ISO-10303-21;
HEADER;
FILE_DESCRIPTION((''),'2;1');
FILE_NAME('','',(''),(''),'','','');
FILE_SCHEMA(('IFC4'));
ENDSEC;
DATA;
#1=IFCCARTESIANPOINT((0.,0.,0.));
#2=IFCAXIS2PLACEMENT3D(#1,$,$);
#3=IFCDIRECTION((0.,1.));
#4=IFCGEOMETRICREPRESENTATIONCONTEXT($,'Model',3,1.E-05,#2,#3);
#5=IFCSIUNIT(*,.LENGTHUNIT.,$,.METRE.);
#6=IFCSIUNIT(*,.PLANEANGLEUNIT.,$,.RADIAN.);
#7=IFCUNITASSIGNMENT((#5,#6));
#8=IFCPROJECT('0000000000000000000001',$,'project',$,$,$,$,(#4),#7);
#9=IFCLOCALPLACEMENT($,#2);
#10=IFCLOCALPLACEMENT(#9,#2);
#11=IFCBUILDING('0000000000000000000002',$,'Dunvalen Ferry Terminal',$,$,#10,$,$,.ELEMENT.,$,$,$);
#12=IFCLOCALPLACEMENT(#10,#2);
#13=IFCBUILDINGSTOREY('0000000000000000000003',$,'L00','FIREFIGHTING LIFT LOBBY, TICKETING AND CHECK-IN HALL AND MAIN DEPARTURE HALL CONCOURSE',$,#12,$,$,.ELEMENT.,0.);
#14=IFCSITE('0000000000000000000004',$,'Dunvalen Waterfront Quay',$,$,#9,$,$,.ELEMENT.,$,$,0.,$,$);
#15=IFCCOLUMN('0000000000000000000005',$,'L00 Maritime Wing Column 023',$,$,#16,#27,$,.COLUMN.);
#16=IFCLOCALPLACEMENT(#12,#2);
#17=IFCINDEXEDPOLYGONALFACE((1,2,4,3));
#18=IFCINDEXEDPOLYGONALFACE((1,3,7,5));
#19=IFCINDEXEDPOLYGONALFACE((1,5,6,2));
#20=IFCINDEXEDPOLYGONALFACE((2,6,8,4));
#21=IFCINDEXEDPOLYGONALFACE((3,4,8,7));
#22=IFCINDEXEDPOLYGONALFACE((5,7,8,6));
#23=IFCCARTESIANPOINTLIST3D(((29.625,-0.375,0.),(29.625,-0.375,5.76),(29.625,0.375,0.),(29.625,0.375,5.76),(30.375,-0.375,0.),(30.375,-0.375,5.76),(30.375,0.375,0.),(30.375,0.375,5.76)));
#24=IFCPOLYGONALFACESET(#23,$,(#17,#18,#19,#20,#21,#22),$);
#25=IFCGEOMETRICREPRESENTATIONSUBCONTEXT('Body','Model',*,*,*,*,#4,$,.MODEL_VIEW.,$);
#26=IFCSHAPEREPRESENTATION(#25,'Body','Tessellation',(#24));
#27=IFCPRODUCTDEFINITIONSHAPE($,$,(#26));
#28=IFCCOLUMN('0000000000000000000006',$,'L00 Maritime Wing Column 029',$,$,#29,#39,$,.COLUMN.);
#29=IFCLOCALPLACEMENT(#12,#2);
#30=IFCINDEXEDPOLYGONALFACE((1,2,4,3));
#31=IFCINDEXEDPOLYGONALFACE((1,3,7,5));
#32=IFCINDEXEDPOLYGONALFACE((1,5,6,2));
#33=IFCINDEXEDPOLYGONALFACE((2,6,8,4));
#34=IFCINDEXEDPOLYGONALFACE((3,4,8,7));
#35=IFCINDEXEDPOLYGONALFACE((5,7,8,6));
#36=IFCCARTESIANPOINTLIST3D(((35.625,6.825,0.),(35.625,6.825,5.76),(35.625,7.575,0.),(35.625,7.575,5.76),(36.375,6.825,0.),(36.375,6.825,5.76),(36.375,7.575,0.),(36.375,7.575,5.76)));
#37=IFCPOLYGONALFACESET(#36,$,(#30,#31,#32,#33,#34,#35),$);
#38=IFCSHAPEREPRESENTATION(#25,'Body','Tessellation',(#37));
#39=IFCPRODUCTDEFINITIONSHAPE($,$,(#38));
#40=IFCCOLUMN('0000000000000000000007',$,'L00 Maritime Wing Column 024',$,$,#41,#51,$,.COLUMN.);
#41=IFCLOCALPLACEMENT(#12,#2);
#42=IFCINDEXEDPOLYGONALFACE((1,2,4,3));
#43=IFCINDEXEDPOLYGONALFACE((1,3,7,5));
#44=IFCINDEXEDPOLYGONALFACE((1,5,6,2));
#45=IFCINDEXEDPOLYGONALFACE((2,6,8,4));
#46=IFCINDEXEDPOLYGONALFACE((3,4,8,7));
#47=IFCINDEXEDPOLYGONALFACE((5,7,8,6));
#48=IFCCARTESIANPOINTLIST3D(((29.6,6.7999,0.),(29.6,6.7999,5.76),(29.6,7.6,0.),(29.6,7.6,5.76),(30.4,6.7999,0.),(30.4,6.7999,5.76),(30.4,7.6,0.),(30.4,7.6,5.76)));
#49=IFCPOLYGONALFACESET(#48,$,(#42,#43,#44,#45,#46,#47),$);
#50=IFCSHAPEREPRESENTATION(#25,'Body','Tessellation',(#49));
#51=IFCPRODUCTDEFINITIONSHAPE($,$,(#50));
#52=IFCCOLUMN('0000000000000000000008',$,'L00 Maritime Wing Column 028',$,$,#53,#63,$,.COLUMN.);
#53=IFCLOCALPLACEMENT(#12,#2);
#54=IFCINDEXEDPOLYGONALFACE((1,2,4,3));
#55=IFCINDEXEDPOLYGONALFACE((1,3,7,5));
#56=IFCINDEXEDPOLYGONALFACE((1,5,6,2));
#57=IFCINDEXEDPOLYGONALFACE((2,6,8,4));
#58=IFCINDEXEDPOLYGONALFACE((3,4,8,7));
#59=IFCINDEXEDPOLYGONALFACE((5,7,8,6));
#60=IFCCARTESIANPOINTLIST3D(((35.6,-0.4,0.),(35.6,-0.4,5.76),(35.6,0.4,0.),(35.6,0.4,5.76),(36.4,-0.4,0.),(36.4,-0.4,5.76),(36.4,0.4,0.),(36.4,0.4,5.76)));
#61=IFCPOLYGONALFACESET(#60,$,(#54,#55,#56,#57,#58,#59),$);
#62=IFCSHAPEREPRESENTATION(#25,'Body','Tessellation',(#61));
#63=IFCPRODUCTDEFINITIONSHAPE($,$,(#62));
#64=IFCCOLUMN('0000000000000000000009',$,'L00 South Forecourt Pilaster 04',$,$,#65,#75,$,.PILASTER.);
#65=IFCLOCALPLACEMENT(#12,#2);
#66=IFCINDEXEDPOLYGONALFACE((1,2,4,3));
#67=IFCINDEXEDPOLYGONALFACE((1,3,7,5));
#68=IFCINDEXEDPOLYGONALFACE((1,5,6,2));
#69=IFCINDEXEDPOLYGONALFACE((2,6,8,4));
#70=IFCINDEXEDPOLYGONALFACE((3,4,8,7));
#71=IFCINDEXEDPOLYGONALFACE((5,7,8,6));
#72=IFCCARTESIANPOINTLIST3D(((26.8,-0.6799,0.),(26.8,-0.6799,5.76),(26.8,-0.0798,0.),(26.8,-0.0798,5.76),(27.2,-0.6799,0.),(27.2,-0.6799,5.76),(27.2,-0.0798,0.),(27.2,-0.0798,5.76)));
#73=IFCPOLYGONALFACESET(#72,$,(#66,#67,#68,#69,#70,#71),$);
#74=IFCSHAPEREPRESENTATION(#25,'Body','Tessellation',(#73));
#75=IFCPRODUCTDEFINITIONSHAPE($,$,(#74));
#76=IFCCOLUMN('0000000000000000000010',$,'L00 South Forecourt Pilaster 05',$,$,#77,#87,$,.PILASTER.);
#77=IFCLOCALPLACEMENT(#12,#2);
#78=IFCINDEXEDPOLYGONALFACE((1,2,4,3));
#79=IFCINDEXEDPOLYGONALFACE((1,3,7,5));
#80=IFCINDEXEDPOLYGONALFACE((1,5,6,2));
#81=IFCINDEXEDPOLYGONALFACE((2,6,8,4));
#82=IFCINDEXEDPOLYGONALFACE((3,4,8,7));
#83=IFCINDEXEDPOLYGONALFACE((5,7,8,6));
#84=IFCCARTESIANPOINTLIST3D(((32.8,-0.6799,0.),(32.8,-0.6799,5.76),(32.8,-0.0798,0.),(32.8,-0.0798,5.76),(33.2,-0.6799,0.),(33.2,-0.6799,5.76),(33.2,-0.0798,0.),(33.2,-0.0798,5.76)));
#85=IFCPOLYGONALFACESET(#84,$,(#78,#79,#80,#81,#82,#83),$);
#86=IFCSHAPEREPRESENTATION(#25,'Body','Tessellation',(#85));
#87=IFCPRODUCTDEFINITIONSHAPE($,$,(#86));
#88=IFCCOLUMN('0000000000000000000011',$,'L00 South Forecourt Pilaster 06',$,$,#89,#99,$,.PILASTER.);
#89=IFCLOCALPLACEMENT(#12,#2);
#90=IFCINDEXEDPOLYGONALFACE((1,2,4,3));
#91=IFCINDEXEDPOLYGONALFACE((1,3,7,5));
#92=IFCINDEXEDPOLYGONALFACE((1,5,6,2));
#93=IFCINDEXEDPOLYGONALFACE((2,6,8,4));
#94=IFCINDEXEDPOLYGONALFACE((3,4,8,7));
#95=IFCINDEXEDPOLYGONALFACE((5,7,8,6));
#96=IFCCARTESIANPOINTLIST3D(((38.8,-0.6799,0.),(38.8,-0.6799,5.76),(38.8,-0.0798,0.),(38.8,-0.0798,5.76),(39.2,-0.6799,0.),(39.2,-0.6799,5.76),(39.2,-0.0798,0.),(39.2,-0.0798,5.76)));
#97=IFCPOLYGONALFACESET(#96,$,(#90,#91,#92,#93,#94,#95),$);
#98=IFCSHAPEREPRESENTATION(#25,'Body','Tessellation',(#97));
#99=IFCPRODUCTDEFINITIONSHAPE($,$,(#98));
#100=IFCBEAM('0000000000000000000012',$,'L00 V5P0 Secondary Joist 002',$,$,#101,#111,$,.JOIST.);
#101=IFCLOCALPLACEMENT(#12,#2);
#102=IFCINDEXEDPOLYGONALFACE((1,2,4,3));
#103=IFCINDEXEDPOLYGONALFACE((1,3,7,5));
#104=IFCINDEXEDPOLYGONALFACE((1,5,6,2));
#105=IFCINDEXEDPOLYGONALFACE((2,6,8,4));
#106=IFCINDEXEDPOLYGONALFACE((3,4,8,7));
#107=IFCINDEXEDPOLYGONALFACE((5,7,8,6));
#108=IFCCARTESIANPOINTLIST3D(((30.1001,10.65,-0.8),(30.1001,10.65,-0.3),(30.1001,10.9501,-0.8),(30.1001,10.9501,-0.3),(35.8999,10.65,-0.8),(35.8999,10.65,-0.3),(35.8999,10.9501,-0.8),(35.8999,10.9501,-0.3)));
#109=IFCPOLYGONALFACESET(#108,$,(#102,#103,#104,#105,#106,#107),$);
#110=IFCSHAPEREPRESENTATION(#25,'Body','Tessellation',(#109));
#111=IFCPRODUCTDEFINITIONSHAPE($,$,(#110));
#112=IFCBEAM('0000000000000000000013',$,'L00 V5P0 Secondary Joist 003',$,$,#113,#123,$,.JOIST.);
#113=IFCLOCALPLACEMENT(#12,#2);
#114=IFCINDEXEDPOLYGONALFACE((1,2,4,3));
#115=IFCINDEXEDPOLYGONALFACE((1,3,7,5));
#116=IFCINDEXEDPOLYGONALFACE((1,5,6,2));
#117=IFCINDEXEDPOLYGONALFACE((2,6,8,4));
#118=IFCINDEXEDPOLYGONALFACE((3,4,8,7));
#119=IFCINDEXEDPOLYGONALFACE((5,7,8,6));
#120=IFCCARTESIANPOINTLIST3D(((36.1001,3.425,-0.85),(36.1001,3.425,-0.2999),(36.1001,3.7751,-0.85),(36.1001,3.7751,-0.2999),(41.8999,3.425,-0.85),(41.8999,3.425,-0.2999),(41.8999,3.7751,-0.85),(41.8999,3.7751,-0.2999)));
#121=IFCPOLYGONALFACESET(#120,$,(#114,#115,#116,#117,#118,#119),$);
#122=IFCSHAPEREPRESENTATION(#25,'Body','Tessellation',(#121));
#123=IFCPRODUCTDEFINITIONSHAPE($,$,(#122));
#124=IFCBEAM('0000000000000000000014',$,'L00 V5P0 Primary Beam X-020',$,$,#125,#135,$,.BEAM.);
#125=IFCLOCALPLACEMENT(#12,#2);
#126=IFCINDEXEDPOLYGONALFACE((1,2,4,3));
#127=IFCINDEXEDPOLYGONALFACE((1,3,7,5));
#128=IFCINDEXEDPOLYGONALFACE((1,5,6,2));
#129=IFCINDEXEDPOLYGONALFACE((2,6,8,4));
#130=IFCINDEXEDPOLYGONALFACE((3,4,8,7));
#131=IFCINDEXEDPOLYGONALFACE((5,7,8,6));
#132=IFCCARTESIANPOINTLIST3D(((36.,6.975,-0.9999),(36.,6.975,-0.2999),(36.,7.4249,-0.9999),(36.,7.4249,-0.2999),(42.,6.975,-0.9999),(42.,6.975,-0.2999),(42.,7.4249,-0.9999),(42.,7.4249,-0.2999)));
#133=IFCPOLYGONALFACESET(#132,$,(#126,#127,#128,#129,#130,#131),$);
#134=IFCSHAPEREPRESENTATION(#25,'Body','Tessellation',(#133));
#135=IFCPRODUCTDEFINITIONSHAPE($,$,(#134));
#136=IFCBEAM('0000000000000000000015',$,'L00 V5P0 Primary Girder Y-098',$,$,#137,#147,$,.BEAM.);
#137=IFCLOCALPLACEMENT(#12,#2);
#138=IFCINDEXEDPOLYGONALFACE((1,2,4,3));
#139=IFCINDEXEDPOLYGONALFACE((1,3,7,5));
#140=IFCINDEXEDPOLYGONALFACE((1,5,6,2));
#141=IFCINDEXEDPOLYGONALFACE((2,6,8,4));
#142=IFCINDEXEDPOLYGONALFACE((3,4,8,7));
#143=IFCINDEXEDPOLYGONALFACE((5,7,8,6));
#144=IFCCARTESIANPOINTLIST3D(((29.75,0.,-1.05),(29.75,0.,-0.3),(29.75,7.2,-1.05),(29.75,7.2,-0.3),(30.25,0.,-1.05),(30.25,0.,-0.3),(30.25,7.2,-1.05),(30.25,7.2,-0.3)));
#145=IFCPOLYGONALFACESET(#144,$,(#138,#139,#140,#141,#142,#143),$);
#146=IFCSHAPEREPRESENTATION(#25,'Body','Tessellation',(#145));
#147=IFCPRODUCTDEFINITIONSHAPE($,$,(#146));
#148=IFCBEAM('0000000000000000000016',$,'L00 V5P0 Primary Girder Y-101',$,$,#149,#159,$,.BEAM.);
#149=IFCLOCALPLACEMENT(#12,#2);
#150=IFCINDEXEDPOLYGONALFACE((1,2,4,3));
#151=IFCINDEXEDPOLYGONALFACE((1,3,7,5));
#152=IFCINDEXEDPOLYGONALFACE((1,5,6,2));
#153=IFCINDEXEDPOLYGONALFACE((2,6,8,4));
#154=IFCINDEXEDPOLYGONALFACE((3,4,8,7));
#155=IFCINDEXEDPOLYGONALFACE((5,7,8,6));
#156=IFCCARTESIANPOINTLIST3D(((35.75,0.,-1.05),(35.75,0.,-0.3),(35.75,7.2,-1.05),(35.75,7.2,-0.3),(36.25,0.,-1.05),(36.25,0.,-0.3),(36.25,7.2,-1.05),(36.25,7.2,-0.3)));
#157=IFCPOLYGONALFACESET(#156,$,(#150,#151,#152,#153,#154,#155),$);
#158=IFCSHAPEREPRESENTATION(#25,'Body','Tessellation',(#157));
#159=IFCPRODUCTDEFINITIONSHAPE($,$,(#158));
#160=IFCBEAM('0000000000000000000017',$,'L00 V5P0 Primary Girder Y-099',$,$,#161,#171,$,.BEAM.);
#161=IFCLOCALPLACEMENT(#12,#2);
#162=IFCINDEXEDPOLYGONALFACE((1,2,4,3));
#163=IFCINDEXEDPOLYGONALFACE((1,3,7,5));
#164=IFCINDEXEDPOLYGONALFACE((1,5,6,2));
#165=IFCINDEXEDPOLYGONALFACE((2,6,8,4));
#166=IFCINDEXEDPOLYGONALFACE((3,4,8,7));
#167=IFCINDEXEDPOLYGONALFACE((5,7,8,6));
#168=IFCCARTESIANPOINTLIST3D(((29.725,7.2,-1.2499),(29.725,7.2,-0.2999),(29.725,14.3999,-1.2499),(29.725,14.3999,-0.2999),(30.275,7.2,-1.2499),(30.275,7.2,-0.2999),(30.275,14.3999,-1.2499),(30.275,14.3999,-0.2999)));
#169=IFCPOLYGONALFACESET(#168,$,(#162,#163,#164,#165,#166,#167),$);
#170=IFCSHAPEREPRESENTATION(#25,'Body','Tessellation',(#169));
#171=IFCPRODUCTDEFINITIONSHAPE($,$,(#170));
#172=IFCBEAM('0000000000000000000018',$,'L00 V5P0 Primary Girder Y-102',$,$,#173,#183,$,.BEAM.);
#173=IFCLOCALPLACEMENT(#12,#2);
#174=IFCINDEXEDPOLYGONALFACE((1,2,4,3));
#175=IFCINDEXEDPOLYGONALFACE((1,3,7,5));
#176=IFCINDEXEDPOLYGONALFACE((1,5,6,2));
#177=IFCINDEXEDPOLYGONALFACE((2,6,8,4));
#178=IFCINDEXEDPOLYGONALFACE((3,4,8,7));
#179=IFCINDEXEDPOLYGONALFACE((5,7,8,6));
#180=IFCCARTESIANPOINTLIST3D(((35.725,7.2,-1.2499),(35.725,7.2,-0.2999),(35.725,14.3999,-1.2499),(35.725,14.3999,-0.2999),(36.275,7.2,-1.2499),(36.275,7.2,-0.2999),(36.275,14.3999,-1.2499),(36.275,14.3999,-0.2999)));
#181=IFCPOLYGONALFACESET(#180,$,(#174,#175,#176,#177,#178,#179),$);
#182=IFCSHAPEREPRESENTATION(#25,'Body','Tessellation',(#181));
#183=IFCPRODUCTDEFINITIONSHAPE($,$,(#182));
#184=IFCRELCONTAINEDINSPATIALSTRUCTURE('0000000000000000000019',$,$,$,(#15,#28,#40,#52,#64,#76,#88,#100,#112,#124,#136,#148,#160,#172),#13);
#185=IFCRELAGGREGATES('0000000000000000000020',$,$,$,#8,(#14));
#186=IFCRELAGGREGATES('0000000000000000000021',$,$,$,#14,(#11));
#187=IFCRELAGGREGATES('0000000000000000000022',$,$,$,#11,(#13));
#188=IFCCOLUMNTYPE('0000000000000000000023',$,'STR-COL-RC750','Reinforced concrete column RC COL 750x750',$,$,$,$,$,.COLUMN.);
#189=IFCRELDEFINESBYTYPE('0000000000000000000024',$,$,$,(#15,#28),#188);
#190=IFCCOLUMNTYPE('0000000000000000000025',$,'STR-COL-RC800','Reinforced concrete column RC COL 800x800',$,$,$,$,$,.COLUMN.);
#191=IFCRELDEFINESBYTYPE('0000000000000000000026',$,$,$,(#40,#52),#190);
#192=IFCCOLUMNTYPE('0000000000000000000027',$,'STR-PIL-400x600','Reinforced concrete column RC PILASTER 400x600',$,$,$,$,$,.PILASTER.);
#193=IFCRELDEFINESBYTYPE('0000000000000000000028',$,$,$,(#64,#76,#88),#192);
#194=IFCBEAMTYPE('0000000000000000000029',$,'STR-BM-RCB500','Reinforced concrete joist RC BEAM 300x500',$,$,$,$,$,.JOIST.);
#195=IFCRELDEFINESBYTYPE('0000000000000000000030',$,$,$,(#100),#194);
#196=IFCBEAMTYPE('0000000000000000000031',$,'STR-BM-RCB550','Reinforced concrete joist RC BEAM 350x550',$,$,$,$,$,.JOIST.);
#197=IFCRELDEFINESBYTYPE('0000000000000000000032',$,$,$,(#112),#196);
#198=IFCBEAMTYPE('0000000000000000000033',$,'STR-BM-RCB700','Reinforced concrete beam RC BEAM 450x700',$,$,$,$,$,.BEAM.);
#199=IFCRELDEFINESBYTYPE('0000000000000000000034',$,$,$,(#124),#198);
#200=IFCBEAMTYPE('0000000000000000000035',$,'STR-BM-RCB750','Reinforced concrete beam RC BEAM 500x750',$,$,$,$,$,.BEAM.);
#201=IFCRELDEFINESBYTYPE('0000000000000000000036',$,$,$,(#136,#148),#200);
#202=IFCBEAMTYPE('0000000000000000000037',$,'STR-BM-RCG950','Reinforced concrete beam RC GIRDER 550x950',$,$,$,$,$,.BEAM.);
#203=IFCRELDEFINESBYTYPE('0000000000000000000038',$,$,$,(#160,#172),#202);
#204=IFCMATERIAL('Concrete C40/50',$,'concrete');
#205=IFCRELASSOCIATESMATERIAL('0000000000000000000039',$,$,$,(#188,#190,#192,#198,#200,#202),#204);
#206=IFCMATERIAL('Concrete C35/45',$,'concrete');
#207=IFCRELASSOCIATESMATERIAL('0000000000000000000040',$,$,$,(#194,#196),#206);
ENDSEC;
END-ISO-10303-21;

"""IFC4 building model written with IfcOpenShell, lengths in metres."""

from ifc_helpers import new_model, si_unit, direction, frame, origin, origin_2d, place, context, subcontext, project, spatial, rectangle, extrude, material, material_profile, profile_set, type_object, element, save


model = new_model("IFC4")

# Units and contexts
model_context = context("Model", 3, precision=1e-05, world=origin(), true_north=direction((0.0, 1.0)))
body_context = subcontext(model_context, "Body", "Model", "MODEL_VIEW")
ifc_project = project(units=[si_unit("LENGTHUNIT", "METRE"), si_unit("PLANEANGLEUNIT", "RADIAN")], contexts=[model_context])

# Site, building, storey
site_placement = place(None, origin())
site = spatial("IfcSite", under=ifc_project, at=site_placement, Name="Dunvalen Waterfront Quay", CompositionType="ELEMENT", RefElevation=0.0)
building_placement = place(site_placement, origin())
building = spatial("IfcBuilding", under=site, at=building_placement, Name="Dunvalen Ferry Terminal", CompositionType="ELEMENT")
storey_placement = place(building_placement, origin())
storey = spatial("IfcBuildingStorey", under=building, at=storey_placement, Name="L00", Description="FIREFIGHTING LIFT LOBBY, TICKETING AND CHECK-IN HALL AND MAIN DEPARTURE HALL CONCOURSE", CompositionType="ELEMENT", Elevation=0.0)

# Columns
ifc_material_1 = material(Name="Concrete C40/50", Category="concrete")
ifc_material_profile_1 = material_profile(ifc_material_1, rectangle(XDim=0.75, YDim=0.75, at=origin_2d()), Name="Concrete C40/50")
ifc_profile_set_1 = profile_set([ifc_material_profile_1], Name="Concrete C40/50")
column_type_1 = type_object("IfcColumnType", Name="STR-COL-RC750", Description="Reinforced concrete column RC COL 750x750", PredefinedType="COLUMN", material=ifc_profile_set_1)
for number, where, z_axis, x_axis, name in (
    (1, (30.0, 0.0, 0.0), (0.0, 0.0, 1.0), (1.0, 0.0, 0.0), "L00 Maritime Wing Column 023"),
    (2, (36.0, 7.2, 0.0), (0.0, 0.0, 1.0), (1.0, 0.0, 0.0), "L00 Maritime Wing Column 029"),
):
    element("IfcColumn", number, at=place(storey_placement, frame(where, z_axis=z_axis, x_axis=x_axis)), inside=storey, type_object=column_type_1, Name=name, PredefinedType="COLUMN", context=body_context, shape_type="SweptSolid", body=[
        extrude(rectangle(XDim=0.75, YDim=0.75, at=origin_2d()), origin(), (0.0, 0.0, 1.0), 5.76),
    ])
ifc_material_profile_2 = material_profile(ifc_material_1, rectangle(XDim=0.8, YDim=0.8, at=origin_2d()), Name="Concrete C40/50")
ifc_profile_set_2 = profile_set([ifc_material_profile_2], Name="Concrete C40/50")
column_type_2 = type_object("IfcColumnType", Name="STR-COL-RC800", Description="Reinforced concrete column RC COL 800x800", PredefinedType="COLUMN", material=ifc_profile_set_2)
for number, where, z_axis, x_axis, name in (
    (3, (30.0, 7.2, 0.0), (0.0, 0.0, 1.0), (1.0, 0.0, 0.0), "L00 Maritime Wing Column 024"),
    (4, (36.0, 0.0, 0.0), (0.0, 0.0, 1.0), (1.0, 0.0, 0.0), "L00 Maritime Wing Column 028"),
):
    element("IfcColumn", number, at=place(storey_placement, frame(where, z_axis=z_axis, x_axis=x_axis)), inside=storey, type_object=column_type_2, Name=name, PredefinedType="COLUMN", context=body_context, shape_type="SweptSolid", body=[
        extrude(rectangle(XDim=0.8, YDim=0.8, at=origin_2d()), origin(), (0.0, 0.0, 1.0), 5.76),
    ])
ifc_material_profile_3 = material_profile(ifc_material_1, rectangle(XDim=0.3999, YDim=0.6001, at=origin_2d()), Name="Concrete C40/50")
ifc_profile_set_3 = profile_set([ifc_material_profile_3], Name="Concrete C40/50")
column_type_3 = type_object("IfcColumnType", Name="STR-PIL-400x600", Description="Reinforced concrete column RC PILASTER 400x600", PredefinedType="PILASTER", material=ifc_profile_set_3)
for number, where, z_axis, x_axis, name in (
    (5, (27.0, -0.3799, 0.0), (0.0, 0.0, 1.0), (1.0, 0.0, 0.0), "L00 South Forecourt Pilaster 04"),
    (6, (33.0, -0.3799, 0.0), (0.0, 0.0, 1.0), (1.0, 0.0, 0.0), "L00 South Forecourt Pilaster 05"),
    (7, (39.0, -0.3799, 0.0), (0.0, 0.0, 1.0), (1.0, 0.0, 0.0), "L00 South Forecourt Pilaster 06"),
):
    element("IfcColumn", number, at=place(storey_placement, frame(where, z_axis=z_axis, x_axis=x_axis)), inside=storey, type_object=column_type_3, Name=name, PredefinedType="PILASTER", context=body_context, shape_type="SweptSolid", body=[
        extrude(rectangle(XDim=0.3999, YDim=0.6001, at=origin_2d()), origin(), (0.0, 0.0, 1.0), 5.76),
    ])

# Beams
ifc_material_2 = material(Name="Concrete C35/45", Category="concrete")
ifc_material_profile_4 = material_profile(ifc_material_2, rectangle(XDim=0.3, YDim=0.5, at=origin_2d()), Name="Concrete C35/45")
ifc_profile_set_4 = profile_set([ifc_material_profile_4], Name="Concrete C35/45")
beam_type_1 = type_object("IfcBeamType", Name="STR-BM-RCB500", Description="Reinforced concrete joist RC BEAM 300x500", PredefinedType="JOIST", material=ifc_profile_set_4)
beam_1_placement = place(storey_placement, frame((30.1001, 10.8, -0.55), z_axis=(1.0, 0.0, 0.0), x_axis=(0.0, 1.0, 0.0)))
element("IfcBeam", 8, at=beam_1_placement, inside=storey, type_object=beam_type_1, Name="L00 V5P0 Secondary Joist 002", PredefinedType="JOIST", context=body_context, shape_type="SweptSolid", body=[
    extrude(rectangle(XDim=0.3, YDim=0.5, at=origin_2d()), origin(), (0.0, 0.0, 1.0), 5.7998),
])
ifc_material_profile_5 = material_profile(ifc_material_2, rectangle(XDim=0.3501, YDim=0.55, at=origin_2d()), Name="Concrete C35/45")
ifc_profile_set_5 = profile_set([ifc_material_profile_5], Name="Concrete C35/45")
beam_type_2 = type_object("IfcBeamType", Name="STR-BM-RCB550", Description="Reinforced concrete joist RC BEAM 350x550", PredefinedType="JOIST", material=ifc_profile_set_5)
beam_2_placement = place(storey_placement, frame((36.1001, 3.6001, -0.575), z_axis=(1.0, 0.0, 0.0), x_axis=(0.0, 1.0, 0.0)))
element("IfcBeam", 9, at=beam_2_placement, inside=storey, type_object=beam_type_2, Name="L00 V5P0 Secondary Joist 003", PredefinedType="JOIST", context=body_context, shape_type="SweptSolid", body=[
    extrude(rectangle(XDim=0.3501, YDim=0.55, at=origin_2d()), origin(), (0.0, 0.0, 1.0), 5.7998),
])
ifc_material_profile_6 = material_profile(ifc_material_1, rectangle(XDim=0.45, YDim=0.7, at=origin_2d()), Name="Concrete C40/50")
ifc_profile_set_6 = profile_set([ifc_material_profile_6], Name="Concrete C40/50")
beam_type_3 = type_object("IfcBeamType", Name="STR-BM-RCB700", Description="Reinforced concrete beam RC BEAM 450x700", PredefinedType="BEAM", material=ifc_profile_set_6)
beam_3_placement = place(storey_placement, frame((36.0, 7.2, -0.6499), z_axis=(1.0, 0.0, 0.0), x_axis=(0.0, 1.0, 0.0)))
element("IfcBeam", 10, at=beam_3_placement, inside=storey, type_object=beam_type_3, Name="L00 V5P0 Primary Beam X-020", PredefinedType="BEAM", context=body_context, shape_type="SweptSolid", body=[
    extrude(rectangle(XDim=0.45, YDim=0.7, at=origin_2d()), origin(), (0.0, 0.0, 1.0), 6.0),
])
ifc_material_profile_7 = material_profile(ifc_material_1, rectangle(XDim=0.5, YDim=0.75, at=origin_2d()), Name="Concrete C40/50")
ifc_profile_set_7 = profile_set([ifc_material_profile_7], Name="Concrete C40/50")
beam_type_4 = type_object("IfcBeamType", Name="STR-BM-RCB750", Description="Reinforced concrete beam RC BEAM 500x750", PredefinedType="BEAM", material=ifc_profile_set_7)
for number, where, z_axis, x_axis, name in (
    (11, (30.0, 0.0, -0.675), (0.0, 1.0, 0.0), (-1.0, 0.0, 0.0), "L00 V5P0 Primary Girder Y-098"),
    (12, (36.0, 0.0, -0.675), (0.0, 1.0, 0.0), (-1.0, 0.0, 0.0), "L00 V5P0 Primary Girder Y-101"),
):
    element("IfcBeam", number, at=place(storey_placement, frame(where, z_axis=z_axis, x_axis=x_axis)), inside=storey, type_object=beam_type_4, Name=name, PredefinedType="BEAM", context=body_context, shape_type="SweptSolid", body=[
        extrude(rectangle(XDim=0.5, YDim=0.75, at=origin_2d()), origin(), (0.0, 0.0, 1.0), 7.2),
    ])
ifc_material_profile_8 = material_profile(ifc_material_1, rectangle(XDim=0.55, YDim=0.95, at=origin_2d()), Name="Concrete C40/50")
ifc_profile_set_8 = profile_set([ifc_material_profile_8], Name="Concrete C40/50")
beam_type_5 = type_object("IfcBeamType", Name="STR-BM-RCG950", Description="Reinforced concrete beam RC GIRDER 550x950", PredefinedType="BEAM", material=ifc_profile_set_8)
for number, where, z_axis, x_axis, name in (
    (13, (30.0, 7.2, -0.7749), (0.0, 1.0, 0.0), (-1.0, 0.0, 0.0), "L00 V5P0 Primary Girder Y-099"),
    (14, (36.0, 7.2, -0.7749), (0.0, 1.0, 0.0), (-1.0, 0.0, 0.0), "L00 V5P0 Primary Girder Y-102"),
):
    element("IfcBeam", number, at=place(storey_placement, frame(where, z_axis=z_axis, x_axis=x_axis)), inside=storey, type_object=beam_type_5, Name=name, PredefinedType="BEAM", context=body_context, shape_type="SweptSolid", body=[
        extrude(rectangle(XDim=0.55, YDim=0.95, at=origin_2d()), origin(), (0.0, 0.0, 1.0), 7.2),
    ])

save(model, "model.ifc")
